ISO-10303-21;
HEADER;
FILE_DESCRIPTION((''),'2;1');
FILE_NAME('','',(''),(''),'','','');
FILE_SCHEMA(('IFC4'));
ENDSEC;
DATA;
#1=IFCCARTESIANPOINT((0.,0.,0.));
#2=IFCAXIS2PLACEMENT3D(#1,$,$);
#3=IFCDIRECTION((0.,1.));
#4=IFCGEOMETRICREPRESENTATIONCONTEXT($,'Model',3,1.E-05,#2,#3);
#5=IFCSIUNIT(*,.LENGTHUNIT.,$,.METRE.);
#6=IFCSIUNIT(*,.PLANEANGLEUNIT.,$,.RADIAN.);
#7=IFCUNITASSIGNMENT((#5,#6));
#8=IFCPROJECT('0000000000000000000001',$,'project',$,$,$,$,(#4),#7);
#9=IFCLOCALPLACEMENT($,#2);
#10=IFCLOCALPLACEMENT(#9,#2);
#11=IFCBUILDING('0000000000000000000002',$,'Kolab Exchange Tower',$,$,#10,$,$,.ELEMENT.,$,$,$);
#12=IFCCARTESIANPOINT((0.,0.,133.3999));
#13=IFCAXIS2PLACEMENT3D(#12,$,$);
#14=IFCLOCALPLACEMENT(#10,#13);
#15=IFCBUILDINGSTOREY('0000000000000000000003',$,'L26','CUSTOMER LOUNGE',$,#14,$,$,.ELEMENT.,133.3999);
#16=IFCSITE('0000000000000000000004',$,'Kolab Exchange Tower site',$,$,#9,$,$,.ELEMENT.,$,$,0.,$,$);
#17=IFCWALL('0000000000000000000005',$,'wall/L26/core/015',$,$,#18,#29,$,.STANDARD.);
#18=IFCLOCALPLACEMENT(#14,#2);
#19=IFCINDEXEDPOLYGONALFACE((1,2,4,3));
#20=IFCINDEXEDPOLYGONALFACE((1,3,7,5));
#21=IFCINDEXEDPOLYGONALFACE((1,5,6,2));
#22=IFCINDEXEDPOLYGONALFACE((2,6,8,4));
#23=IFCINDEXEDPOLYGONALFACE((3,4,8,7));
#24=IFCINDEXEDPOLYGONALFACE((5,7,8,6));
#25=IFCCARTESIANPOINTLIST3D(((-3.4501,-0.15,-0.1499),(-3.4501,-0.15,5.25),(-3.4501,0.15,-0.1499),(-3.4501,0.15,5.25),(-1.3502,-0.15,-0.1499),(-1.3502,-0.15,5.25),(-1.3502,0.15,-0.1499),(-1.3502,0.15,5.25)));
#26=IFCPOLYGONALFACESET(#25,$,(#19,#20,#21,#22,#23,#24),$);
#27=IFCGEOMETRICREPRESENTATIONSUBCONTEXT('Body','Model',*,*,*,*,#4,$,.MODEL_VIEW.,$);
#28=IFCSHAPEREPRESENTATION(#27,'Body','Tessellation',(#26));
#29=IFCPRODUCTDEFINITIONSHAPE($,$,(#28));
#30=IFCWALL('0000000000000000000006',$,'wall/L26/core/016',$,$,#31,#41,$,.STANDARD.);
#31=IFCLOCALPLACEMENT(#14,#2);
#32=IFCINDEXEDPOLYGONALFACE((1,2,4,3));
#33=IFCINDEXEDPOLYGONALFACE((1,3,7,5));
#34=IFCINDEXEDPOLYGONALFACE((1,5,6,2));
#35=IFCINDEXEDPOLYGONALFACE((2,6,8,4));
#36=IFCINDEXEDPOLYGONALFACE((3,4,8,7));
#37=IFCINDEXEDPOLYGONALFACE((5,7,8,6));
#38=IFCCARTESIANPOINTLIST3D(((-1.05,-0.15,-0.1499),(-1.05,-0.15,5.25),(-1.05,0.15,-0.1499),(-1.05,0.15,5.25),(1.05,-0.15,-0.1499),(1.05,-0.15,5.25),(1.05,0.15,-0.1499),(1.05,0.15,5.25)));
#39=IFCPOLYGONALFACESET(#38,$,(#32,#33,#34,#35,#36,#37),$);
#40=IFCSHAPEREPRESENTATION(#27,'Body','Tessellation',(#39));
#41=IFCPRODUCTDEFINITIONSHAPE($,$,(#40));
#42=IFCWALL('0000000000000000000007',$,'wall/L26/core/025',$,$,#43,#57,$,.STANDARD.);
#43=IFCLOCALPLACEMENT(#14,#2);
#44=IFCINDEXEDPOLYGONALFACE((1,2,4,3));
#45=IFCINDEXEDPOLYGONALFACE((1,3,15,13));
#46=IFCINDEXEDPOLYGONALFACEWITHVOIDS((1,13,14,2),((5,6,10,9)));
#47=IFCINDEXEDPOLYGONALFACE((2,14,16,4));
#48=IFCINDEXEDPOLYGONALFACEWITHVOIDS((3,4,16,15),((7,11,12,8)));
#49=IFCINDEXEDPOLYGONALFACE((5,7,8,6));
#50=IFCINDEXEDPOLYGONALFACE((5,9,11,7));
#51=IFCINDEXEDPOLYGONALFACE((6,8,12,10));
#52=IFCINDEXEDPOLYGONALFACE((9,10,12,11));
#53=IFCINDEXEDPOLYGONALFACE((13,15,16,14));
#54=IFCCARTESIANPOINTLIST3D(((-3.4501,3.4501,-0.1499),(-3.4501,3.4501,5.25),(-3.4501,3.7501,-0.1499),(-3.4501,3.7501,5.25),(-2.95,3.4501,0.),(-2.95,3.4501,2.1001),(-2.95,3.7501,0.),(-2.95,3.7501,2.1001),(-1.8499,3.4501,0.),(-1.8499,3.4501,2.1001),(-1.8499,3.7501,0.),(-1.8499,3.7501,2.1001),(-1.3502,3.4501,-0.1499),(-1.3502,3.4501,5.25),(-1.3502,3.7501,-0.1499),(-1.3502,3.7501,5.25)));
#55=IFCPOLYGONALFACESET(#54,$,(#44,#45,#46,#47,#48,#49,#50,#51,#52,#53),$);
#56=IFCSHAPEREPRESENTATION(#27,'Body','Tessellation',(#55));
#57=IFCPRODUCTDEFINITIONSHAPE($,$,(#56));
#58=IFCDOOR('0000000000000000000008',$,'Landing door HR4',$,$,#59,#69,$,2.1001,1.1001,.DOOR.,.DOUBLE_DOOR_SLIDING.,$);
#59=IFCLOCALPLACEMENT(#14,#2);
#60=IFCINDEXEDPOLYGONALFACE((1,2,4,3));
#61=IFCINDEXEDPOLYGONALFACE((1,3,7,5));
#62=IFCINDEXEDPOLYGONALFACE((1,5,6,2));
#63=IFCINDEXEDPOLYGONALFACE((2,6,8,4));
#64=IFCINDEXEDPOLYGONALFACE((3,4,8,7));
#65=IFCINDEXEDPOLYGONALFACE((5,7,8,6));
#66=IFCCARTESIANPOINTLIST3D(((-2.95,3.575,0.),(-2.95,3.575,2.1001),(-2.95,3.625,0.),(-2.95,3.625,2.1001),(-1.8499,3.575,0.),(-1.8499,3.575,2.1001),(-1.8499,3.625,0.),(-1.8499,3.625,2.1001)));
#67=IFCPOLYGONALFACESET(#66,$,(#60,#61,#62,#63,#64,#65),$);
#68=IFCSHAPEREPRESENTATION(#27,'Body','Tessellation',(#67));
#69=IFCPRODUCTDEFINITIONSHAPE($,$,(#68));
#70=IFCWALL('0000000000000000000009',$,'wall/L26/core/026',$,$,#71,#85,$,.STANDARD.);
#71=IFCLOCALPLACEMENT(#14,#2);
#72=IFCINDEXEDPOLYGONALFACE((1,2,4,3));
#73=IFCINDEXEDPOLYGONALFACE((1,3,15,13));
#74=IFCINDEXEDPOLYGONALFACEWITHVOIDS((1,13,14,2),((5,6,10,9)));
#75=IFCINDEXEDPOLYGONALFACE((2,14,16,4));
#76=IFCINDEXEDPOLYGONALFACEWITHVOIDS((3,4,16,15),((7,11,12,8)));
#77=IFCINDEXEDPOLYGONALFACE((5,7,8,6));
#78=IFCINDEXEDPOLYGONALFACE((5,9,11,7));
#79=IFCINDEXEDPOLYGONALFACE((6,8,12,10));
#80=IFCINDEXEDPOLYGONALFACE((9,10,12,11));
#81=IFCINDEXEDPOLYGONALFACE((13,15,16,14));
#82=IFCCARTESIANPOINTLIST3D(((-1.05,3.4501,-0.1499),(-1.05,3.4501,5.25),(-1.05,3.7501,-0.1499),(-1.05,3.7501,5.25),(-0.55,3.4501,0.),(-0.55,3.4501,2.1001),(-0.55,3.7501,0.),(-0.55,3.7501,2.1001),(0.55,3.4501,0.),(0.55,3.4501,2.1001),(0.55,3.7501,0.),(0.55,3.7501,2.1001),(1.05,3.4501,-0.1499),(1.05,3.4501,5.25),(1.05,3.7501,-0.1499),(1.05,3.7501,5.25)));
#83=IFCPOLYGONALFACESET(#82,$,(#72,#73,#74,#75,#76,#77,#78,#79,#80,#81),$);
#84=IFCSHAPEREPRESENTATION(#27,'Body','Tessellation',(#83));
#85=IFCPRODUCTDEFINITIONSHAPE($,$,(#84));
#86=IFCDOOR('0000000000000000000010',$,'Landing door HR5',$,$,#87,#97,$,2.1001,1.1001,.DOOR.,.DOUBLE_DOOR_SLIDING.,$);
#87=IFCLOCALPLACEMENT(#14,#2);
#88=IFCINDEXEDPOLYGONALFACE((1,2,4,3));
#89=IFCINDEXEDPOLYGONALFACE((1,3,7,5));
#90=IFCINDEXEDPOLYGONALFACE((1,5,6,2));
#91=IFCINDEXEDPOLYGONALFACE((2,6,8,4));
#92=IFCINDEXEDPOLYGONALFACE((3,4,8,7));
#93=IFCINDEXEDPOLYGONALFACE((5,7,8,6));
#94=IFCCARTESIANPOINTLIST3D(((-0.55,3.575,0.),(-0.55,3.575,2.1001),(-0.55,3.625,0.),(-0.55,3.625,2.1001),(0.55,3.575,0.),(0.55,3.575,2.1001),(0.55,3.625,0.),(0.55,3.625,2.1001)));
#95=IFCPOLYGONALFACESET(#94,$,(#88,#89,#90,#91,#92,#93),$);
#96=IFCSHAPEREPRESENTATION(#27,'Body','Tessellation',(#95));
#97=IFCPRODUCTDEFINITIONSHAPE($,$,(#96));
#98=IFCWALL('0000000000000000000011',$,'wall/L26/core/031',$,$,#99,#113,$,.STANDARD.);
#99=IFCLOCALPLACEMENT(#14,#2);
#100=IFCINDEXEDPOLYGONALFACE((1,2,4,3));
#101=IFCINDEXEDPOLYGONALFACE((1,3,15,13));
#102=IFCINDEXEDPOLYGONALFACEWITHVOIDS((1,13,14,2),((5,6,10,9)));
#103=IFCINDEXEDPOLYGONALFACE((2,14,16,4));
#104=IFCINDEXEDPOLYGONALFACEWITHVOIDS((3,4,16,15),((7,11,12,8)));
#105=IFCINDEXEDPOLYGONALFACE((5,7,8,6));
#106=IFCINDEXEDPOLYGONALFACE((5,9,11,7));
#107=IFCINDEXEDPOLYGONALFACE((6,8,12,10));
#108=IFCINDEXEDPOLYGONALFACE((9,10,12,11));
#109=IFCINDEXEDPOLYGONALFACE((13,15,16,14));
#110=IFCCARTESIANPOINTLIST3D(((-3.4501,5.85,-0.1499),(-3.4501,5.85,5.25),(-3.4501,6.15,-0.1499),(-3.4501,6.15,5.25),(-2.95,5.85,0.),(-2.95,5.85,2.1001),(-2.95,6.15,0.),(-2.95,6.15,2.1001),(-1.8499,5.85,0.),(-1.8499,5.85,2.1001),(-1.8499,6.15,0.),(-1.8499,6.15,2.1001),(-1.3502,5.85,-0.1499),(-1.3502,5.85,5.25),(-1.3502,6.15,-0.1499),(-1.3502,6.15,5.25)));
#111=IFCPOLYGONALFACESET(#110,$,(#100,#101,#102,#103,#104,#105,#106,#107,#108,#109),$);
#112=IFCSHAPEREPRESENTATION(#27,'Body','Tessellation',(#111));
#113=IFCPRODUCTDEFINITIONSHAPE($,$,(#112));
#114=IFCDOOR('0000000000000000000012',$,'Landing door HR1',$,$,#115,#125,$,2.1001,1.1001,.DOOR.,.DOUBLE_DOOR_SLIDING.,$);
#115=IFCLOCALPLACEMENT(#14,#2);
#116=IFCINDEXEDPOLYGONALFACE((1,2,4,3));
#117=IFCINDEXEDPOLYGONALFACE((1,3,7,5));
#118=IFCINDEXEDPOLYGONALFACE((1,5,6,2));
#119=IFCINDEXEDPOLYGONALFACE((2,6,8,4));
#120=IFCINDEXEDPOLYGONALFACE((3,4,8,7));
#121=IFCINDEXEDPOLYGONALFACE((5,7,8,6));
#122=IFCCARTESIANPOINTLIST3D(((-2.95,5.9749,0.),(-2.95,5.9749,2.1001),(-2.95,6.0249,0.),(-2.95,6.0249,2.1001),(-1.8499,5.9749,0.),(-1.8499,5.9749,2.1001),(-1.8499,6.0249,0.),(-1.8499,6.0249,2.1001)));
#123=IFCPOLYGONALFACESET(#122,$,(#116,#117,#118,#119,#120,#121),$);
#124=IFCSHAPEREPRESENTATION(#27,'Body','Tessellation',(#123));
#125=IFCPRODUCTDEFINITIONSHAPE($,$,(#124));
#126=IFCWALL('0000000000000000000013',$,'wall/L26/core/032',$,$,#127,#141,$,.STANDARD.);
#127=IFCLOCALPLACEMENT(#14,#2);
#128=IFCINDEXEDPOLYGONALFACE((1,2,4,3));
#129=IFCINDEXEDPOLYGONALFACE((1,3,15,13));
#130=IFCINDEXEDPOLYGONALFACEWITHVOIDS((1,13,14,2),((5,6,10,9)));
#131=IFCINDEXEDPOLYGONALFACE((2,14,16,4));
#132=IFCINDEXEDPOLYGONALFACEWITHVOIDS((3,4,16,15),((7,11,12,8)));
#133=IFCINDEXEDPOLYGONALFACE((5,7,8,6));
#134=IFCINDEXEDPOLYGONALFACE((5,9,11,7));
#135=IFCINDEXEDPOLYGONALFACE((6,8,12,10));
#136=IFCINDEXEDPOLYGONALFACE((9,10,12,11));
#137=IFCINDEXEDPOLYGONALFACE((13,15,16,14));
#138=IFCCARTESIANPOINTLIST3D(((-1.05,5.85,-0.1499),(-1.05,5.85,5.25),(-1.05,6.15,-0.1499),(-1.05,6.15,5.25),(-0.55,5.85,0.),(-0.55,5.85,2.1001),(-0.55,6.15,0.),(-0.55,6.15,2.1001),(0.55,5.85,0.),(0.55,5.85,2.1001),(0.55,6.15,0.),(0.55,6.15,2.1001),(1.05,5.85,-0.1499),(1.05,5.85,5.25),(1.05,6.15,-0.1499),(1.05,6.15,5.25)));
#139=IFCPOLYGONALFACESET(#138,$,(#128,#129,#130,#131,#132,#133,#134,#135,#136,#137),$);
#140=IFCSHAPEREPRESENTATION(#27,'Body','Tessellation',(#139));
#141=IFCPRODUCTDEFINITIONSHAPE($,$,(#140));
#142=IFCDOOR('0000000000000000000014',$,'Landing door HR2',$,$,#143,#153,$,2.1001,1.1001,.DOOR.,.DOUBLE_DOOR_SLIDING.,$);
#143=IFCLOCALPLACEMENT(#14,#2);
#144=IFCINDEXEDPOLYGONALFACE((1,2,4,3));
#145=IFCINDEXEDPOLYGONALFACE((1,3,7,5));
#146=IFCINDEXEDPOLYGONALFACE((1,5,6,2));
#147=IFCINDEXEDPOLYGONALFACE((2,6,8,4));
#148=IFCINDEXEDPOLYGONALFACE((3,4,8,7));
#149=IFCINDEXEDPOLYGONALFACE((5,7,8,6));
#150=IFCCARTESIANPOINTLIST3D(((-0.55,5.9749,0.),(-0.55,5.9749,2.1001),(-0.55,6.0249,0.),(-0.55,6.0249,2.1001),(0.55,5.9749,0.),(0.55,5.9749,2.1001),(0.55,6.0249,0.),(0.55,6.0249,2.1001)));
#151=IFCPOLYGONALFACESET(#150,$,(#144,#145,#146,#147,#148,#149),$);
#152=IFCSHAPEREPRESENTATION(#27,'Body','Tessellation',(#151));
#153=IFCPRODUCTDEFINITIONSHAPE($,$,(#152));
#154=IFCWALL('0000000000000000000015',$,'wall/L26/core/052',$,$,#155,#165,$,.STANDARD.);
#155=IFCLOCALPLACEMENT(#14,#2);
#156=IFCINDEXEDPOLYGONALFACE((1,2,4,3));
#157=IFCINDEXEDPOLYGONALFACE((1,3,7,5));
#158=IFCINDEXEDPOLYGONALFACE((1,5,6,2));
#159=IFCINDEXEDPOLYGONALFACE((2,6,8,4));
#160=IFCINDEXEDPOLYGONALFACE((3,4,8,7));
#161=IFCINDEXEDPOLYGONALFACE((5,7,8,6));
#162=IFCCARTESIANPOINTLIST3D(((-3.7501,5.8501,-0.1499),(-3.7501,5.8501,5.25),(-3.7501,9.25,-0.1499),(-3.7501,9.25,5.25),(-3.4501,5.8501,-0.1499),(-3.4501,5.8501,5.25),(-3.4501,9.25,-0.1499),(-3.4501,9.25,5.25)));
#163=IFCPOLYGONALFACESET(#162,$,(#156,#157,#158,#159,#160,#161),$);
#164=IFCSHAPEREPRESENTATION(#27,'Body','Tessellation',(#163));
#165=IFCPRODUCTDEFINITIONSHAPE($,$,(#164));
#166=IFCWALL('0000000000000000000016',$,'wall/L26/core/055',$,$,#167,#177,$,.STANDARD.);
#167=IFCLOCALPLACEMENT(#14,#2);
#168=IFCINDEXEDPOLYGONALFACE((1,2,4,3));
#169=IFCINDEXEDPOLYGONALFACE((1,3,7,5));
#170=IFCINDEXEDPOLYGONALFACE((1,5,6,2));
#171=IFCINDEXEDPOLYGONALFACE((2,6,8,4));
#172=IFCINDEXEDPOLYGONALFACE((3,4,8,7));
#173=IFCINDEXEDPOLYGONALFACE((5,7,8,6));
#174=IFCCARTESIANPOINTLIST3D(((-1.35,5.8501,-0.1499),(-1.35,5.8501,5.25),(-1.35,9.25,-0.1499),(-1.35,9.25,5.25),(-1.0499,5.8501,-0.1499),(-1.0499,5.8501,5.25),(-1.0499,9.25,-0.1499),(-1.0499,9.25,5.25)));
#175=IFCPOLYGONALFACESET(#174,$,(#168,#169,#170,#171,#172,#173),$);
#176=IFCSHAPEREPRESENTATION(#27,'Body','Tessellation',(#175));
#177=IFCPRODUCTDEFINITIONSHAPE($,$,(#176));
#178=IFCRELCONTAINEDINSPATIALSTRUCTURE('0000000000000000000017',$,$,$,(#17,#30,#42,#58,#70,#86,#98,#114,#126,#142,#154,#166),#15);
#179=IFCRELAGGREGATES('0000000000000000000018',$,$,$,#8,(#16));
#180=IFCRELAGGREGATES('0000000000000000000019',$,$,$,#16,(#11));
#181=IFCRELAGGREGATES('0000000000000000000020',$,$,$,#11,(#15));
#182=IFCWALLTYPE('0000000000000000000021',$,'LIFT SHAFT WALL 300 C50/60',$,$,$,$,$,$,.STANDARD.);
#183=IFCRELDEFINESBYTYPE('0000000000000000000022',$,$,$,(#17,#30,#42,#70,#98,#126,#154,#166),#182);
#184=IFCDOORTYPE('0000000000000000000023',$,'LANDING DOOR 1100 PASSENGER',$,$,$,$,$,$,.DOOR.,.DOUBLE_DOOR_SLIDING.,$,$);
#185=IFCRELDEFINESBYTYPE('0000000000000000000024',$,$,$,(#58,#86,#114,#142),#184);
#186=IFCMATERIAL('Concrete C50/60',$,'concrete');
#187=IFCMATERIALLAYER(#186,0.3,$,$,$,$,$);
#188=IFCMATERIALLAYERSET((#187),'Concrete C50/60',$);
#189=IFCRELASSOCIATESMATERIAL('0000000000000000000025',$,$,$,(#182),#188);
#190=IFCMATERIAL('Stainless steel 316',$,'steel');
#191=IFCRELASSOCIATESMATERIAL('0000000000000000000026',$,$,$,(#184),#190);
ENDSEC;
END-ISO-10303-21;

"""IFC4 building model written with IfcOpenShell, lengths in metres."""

from ifc_helpers import new_model, si_unit, direction, frame, frame_2d, origin, place, context, subcontext, project, spatial, rectangle, extrude, material, layer, layer_set, type_object, element, fill, save


model = new_model("IFC4")

# Units and contexts
model_context = context("Model", 3, precision=1e-05, world=origin(), true_north=direction((0.0, 1.0)))
body_context = subcontext(model_context, "Body", "Model", "MODEL_VIEW")
ifc_project = project(units=[si_unit("LENGTHUNIT", "METRE"), si_unit("PLANEANGLEUNIT", "RADIAN")], contexts=[model_context])

# Site, building, storey
site_placement = place(None, origin())
site = spatial("IfcSite", under=ifc_project, at=site_placement, Name="Kolab Exchange Tower site", CompositionType="ELEMENT", RefElevation=0.0)
building_placement = place(site_placement, origin())
building = spatial("IfcBuilding", under=site, at=building_placement, Name="Kolab Exchange Tower", CompositionType="ELEMENT")
storey_placement = place(building_placement, frame((0.0, 0.0, 133.3999)))
storey = spatial("IfcBuildingStorey", under=building, at=storey_placement, Name="L26", Description="CUSTOMER LOUNGE", CompositionType="ELEMENT", Elevation=133.3999)

# Walls
ifc_material_1 = material(Name="Concrete C50/60", Category="concrete")
ifc_layer_1 = layer(ifc_material_1, 0.3)
ifc_layer_set_1 = layer_set([ifc_layer_1], Name="Concrete C50/60")
wall_type_1 = type_object("IfcWallType", Name="LIFT SHAFT WALL 300 C50/60", PredefinedType="STANDARD", material=ifc_layer_set_1)
wall_1_placement = place(storey_placement, frame((-3.45, 0.0, -0.1499), z_axis=(0.0, 0.0, 1.0), x_axis=(1.0, 0.0, 0.0)))
element("IfcWall", 1, at=wall_1_placement, inside=storey, type_object=wall_type_1, Name="wall/L26/core/015", PredefinedType="STANDARD", context=body_context, shape_type="SweptSolid", body=[
    extrude(rectangle(XDim=2.0999, YDim=0.3, at=frame_2d((1.0498, 0.0))), origin(), (0.0, 0.0, 1.0), 5.3999),
])
wall_2_placement = place(storey_placement, frame((-1.05, 0.0, -0.1499), z_axis=(0.0, 0.0, 1.0), x_axis=(1.0, 0.0, 0.0)))
element("IfcWall", 2, at=wall_2_placement, inside=storey, type_object=wall_type_1, Name="wall/L26/core/016", PredefinedType="STANDARD", context=body_context, shape_type="SweptSolid", body=[
    extrude(rectangle(XDim=2.1001, YDim=0.3, at=frame_2d((1.05, 0.0))), origin(), (0.0, 0.0, 1.0), 5.3999),
])

# Walls, openings, doors
wall_3_placement = place(storey_placement, frame((-3.45, 3.6001, -0.1499), z_axis=(0.0, 0.0, 1.0), x_axis=(1.0, 0.0, 0.0)))
wall_3 = element("IfcWall", 3, at=wall_3_placement, inside=storey, type_object=wall_type_1, Name="wall/L26/core/025", PredefinedType="STANDARD", context=body_context, shape_type="SweptSolid", body=[
    extrude(rectangle(XDim=2.0999, YDim=0.3, at=frame_2d((1.0498, 0.0))), origin(), (0.0, 0.0, 1.0), 5.3999),
])
opening_1_placement = place(wall_3_placement, frame((0.5, 0.0, 0.1499)))
opening_1 = element("IfcOpeningElement", 4, at=opening_1_placement, cuts=wall_3, PredefinedType="OPENING", context=body_context, shape_type="SweptSolid", body=[
    extrude(rectangle(XDim=1.1001, YDim=2.1001, at=frame_2d((0.55, 1.05))), frame((0.0, 0.1602, 0.0), z_axis=(0.0, -1.0, 0.0), x_axis=(1.0, 0.0, 0.0)), (0.0, 0.0, 1.0), 0.3201),
])
ifc_material_2 = material(Name="Stainless steel 316", Category="steel")
door_type_1 = type_object("IfcDoorType", Name="LANDING DOOR 1100 PASSENGER", OperationType="DOUBLE_DOOR_SLIDING", PredefinedType="DOOR", material=ifc_material_2)
door_1_placement = place(opening_1_placement, origin())
door_1 = element("IfcDoor", 5, at=door_1_placement, inside=storey, type_object=door_type_1, Name="Landing door HR4", OperationType="DOUBLE_DOOR_SLIDING", OverallHeight=2.1001, OverallWidth=1.1001, PredefinedType="DOOR", context=body_context, shape_type="SweptSolid", body=[
    extrude(rectangle(XDim=1.1001, YDim=2.1001, at=frame_2d((0.55, 1.05))), frame((0.0, 0.0249, 0.0), z_axis=(0.0, -1.0, 0.0), x_axis=(1.0, 0.0, 0.0)), (0.0, 0.0, 1.0), 0.05),
])
fill(opening_1, door_1)
wall_4_placement = place(storey_placement, frame((-1.05, 3.6001, -0.1499), z_axis=(0.0, 0.0, 1.0), x_axis=(1.0, 0.0, 0.0)))
wall_4 = element("IfcWall", 6, at=wall_4_placement, inside=storey, type_object=wall_type_1, Name="wall/L26/core/026", PredefinedType="STANDARD", context=body_context, shape_type="SweptSolid", body=[
    extrude(rectangle(XDim=2.1001, YDim=0.3, at=frame_2d((1.05, 0.0))), origin(), (0.0, 0.0, 1.0), 5.3999),
])
opening_2_placement = place(wall_4_placement, frame((0.5, 0.0, 0.1499)))
opening_2 = element("IfcOpeningElement", 7, at=opening_2_placement, cuts=wall_4, PredefinedType="OPENING", context=body_context, shape_type="SweptSolid", body=[
    extrude(rectangle(XDim=1.1001, YDim=2.1001, at=frame_2d((0.55, 1.05))), frame((0.0, 0.1602, 0.0), z_axis=(0.0, -1.0, 0.0), x_axis=(1.0, 0.0, 0.0)), (0.0, 0.0, 1.0), 0.3201),
])
door_2_placement = place(opening_2_placement, origin())
door_2 = element("IfcDoor", 8, at=door_2_placement, inside=storey, type_object=door_type_1, Name="Landing door HR5", OperationType="DOUBLE_DOOR_SLIDING", OverallHeight=2.1001, OverallWidth=1.1001, PredefinedType="DOOR", context=body_context, shape_type="SweptSolid", body=[
    extrude(rectangle(XDim=1.1001, YDim=2.1001, at=frame_2d((0.55, 1.05))), frame((0.0, 0.0249, 0.0), z_axis=(0.0, -1.0, 0.0), x_axis=(1.0, 0.0, 0.0)), (0.0, 0.0, 1.0), 0.05),
])
fill(opening_2, door_2)
wall_5_placement = place(storey_placement, frame((-3.45, 6.0, -0.1499), z_axis=(0.0, 0.0, 1.0), x_axis=(1.0, 0.0, 0.0)))
wall_5 = element("IfcWall", 9, at=wall_5_placement, inside=storey, type_object=wall_type_1, Name="wall/L26/core/031", PredefinedType="STANDARD", context=body_context, shape_type="SweptSolid", body=[
    extrude(rectangle(XDim=2.0999, YDim=0.3, at=frame_2d((1.0498, 0.0))), origin(), (0.0, 0.0, 1.0), 5.3999),
])
opening_3_placement = place(wall_5_placement, frame((0.5, 0.0, 0.1499)))
opening_3 = element("IfcOpeningElement", 10, at=opening_3_placement, cuts=wall_5, PredefinedType="OPENING", context=body_context, shape_type="SweptSolid", body=[
    extrude(rectangle(XDim=1.1001, YDim=2.1001, at=frame_2d((0.55, 1.05))), frame((0.0, 0.1602, 0.0), z_axis=(0.0, -1.0, 0.0), x_axis=(1.0, 0.0, 0.0)), (0.0, 0.0, 1.0), 0.3201),
])
door_3_placement = place(opening_3_placement, origin())
door_3 = element("IfcDoor", 11, at=door_3_placement, inside=storey, type_object=door_type_1, Name="Landing door HR1", OperationType="DOUBLE_DOOR_SLIDING", OverallHeight=2.1001, OverallWidth=1.1001, PredefinedType="DOOR", context=body_context, shape_type="SweptSolid", body=[
    extrude(rectangle(XDim=1.1001, YDim=2.1001, at=frame_2d((0.55, 1.05))), frame((0.0, 0.0249, 0.0), z_axis=(0.0, -1.0, 0.0), x_axis=(1.0, 0.0, 0.0)), (0.0, 0.0, 1.0), 0.05),
])
fill(opening_3, door_3)
wall_6_placement = place(storey_placement, frame((-1.05, 6.0, -0.1499), z_axis=(0.0, 0.0, 1.0), x_axis=(1.0, 0.0, 0.0)))
wall_6 = element("IfcWall", 12, at=wall_6_placement, inside=storey, type_object=wall_type_1, Name="wall/L26/core/032", PredefinedType="STANDARD", context=body_context, shape_type="SweptSolid", body=[
    extrude(rectangle(XDim=2.1001, YDim=0.3, at=frame_2d((1.05, 0.0))), origin(), (0.0, 0.0, 1.0), 5.3999),
])
opening_4_placement = place(wall_6_placement, frame((0.5, 0.0, 0.1499)))
opening_4 = element("IfcOpeningElement", 13, at=opening_4_placement, cuts=wall_6, PredefinedType="OPENING", context=body_context, shape_type="SweptSolid", body=[
    extrude(rectangle(XDim=1.1001, YDim=2.1001, at=frame_2d((0.55, 1.05))), frame((0.0, 0.1602, 0.0), z_axis=(0.0, -1.0, 0.0), x_axis=(1.0, 0.0, 0.0)), (0.0, 0.0, 1.0), 0.3201),
])
door_4_placement = place(opening_4_placement, origin())
door_4 = element("IfcDoor", 14, at=door_4_placement, inside=storey, type_object=door_type_1, Name="Landing door HR2", OperationType="DOUBLE_DOOR_SLIDING", OverallHeight=2.1001, OverallWidth=1.1001, PredefinedType="DOOR", context=body_context, shape_type="SweptSolid", body=[
    extrude(rectangle(XDim=1.1001, YDim=2.1001, at=frame_2d((0.55, 1.05))), frame((0.0, 0.0249, 0.0), z_axis=(0.0, -1.0, 0.0), x_axis=(1.0, 0.0, 0.0)), (0.0, 0.0, 1.0), 0.05),
])
fill(opening_4, door_4)

# Walls
for number, where, z_axis, x_axis, name in (
    (15, (-3.6001, 5.8501, -0.1499), (0.0, 0.0, 1.0), (0.0, 1.0, 0.0), "wall/L26/core/052"),
    (16, (-1.2, 5.8501, -0.1499), (0.0, 0.0, 1.0), (0.0, 1.0, 0.0), "wall/L26/core/055"),
):
    element("IfcWall", number, at=place(storey_placement, frame(where, z_axis=z_axis, x_axis=x_axis)), inside=storey, type_object=wall_type_1, Name=name, PredefinedType="STANDARD", context=body_context, shape_type="SweptSolid", body=[
        extrude(rectangle(XDim=3.3999, YDim=0.3, at=frame_2d((1.7, 0.0))), origin(), (0.0, 0.0, 1.0), 5.3999),
    ])

save(model, "model.ifc")
